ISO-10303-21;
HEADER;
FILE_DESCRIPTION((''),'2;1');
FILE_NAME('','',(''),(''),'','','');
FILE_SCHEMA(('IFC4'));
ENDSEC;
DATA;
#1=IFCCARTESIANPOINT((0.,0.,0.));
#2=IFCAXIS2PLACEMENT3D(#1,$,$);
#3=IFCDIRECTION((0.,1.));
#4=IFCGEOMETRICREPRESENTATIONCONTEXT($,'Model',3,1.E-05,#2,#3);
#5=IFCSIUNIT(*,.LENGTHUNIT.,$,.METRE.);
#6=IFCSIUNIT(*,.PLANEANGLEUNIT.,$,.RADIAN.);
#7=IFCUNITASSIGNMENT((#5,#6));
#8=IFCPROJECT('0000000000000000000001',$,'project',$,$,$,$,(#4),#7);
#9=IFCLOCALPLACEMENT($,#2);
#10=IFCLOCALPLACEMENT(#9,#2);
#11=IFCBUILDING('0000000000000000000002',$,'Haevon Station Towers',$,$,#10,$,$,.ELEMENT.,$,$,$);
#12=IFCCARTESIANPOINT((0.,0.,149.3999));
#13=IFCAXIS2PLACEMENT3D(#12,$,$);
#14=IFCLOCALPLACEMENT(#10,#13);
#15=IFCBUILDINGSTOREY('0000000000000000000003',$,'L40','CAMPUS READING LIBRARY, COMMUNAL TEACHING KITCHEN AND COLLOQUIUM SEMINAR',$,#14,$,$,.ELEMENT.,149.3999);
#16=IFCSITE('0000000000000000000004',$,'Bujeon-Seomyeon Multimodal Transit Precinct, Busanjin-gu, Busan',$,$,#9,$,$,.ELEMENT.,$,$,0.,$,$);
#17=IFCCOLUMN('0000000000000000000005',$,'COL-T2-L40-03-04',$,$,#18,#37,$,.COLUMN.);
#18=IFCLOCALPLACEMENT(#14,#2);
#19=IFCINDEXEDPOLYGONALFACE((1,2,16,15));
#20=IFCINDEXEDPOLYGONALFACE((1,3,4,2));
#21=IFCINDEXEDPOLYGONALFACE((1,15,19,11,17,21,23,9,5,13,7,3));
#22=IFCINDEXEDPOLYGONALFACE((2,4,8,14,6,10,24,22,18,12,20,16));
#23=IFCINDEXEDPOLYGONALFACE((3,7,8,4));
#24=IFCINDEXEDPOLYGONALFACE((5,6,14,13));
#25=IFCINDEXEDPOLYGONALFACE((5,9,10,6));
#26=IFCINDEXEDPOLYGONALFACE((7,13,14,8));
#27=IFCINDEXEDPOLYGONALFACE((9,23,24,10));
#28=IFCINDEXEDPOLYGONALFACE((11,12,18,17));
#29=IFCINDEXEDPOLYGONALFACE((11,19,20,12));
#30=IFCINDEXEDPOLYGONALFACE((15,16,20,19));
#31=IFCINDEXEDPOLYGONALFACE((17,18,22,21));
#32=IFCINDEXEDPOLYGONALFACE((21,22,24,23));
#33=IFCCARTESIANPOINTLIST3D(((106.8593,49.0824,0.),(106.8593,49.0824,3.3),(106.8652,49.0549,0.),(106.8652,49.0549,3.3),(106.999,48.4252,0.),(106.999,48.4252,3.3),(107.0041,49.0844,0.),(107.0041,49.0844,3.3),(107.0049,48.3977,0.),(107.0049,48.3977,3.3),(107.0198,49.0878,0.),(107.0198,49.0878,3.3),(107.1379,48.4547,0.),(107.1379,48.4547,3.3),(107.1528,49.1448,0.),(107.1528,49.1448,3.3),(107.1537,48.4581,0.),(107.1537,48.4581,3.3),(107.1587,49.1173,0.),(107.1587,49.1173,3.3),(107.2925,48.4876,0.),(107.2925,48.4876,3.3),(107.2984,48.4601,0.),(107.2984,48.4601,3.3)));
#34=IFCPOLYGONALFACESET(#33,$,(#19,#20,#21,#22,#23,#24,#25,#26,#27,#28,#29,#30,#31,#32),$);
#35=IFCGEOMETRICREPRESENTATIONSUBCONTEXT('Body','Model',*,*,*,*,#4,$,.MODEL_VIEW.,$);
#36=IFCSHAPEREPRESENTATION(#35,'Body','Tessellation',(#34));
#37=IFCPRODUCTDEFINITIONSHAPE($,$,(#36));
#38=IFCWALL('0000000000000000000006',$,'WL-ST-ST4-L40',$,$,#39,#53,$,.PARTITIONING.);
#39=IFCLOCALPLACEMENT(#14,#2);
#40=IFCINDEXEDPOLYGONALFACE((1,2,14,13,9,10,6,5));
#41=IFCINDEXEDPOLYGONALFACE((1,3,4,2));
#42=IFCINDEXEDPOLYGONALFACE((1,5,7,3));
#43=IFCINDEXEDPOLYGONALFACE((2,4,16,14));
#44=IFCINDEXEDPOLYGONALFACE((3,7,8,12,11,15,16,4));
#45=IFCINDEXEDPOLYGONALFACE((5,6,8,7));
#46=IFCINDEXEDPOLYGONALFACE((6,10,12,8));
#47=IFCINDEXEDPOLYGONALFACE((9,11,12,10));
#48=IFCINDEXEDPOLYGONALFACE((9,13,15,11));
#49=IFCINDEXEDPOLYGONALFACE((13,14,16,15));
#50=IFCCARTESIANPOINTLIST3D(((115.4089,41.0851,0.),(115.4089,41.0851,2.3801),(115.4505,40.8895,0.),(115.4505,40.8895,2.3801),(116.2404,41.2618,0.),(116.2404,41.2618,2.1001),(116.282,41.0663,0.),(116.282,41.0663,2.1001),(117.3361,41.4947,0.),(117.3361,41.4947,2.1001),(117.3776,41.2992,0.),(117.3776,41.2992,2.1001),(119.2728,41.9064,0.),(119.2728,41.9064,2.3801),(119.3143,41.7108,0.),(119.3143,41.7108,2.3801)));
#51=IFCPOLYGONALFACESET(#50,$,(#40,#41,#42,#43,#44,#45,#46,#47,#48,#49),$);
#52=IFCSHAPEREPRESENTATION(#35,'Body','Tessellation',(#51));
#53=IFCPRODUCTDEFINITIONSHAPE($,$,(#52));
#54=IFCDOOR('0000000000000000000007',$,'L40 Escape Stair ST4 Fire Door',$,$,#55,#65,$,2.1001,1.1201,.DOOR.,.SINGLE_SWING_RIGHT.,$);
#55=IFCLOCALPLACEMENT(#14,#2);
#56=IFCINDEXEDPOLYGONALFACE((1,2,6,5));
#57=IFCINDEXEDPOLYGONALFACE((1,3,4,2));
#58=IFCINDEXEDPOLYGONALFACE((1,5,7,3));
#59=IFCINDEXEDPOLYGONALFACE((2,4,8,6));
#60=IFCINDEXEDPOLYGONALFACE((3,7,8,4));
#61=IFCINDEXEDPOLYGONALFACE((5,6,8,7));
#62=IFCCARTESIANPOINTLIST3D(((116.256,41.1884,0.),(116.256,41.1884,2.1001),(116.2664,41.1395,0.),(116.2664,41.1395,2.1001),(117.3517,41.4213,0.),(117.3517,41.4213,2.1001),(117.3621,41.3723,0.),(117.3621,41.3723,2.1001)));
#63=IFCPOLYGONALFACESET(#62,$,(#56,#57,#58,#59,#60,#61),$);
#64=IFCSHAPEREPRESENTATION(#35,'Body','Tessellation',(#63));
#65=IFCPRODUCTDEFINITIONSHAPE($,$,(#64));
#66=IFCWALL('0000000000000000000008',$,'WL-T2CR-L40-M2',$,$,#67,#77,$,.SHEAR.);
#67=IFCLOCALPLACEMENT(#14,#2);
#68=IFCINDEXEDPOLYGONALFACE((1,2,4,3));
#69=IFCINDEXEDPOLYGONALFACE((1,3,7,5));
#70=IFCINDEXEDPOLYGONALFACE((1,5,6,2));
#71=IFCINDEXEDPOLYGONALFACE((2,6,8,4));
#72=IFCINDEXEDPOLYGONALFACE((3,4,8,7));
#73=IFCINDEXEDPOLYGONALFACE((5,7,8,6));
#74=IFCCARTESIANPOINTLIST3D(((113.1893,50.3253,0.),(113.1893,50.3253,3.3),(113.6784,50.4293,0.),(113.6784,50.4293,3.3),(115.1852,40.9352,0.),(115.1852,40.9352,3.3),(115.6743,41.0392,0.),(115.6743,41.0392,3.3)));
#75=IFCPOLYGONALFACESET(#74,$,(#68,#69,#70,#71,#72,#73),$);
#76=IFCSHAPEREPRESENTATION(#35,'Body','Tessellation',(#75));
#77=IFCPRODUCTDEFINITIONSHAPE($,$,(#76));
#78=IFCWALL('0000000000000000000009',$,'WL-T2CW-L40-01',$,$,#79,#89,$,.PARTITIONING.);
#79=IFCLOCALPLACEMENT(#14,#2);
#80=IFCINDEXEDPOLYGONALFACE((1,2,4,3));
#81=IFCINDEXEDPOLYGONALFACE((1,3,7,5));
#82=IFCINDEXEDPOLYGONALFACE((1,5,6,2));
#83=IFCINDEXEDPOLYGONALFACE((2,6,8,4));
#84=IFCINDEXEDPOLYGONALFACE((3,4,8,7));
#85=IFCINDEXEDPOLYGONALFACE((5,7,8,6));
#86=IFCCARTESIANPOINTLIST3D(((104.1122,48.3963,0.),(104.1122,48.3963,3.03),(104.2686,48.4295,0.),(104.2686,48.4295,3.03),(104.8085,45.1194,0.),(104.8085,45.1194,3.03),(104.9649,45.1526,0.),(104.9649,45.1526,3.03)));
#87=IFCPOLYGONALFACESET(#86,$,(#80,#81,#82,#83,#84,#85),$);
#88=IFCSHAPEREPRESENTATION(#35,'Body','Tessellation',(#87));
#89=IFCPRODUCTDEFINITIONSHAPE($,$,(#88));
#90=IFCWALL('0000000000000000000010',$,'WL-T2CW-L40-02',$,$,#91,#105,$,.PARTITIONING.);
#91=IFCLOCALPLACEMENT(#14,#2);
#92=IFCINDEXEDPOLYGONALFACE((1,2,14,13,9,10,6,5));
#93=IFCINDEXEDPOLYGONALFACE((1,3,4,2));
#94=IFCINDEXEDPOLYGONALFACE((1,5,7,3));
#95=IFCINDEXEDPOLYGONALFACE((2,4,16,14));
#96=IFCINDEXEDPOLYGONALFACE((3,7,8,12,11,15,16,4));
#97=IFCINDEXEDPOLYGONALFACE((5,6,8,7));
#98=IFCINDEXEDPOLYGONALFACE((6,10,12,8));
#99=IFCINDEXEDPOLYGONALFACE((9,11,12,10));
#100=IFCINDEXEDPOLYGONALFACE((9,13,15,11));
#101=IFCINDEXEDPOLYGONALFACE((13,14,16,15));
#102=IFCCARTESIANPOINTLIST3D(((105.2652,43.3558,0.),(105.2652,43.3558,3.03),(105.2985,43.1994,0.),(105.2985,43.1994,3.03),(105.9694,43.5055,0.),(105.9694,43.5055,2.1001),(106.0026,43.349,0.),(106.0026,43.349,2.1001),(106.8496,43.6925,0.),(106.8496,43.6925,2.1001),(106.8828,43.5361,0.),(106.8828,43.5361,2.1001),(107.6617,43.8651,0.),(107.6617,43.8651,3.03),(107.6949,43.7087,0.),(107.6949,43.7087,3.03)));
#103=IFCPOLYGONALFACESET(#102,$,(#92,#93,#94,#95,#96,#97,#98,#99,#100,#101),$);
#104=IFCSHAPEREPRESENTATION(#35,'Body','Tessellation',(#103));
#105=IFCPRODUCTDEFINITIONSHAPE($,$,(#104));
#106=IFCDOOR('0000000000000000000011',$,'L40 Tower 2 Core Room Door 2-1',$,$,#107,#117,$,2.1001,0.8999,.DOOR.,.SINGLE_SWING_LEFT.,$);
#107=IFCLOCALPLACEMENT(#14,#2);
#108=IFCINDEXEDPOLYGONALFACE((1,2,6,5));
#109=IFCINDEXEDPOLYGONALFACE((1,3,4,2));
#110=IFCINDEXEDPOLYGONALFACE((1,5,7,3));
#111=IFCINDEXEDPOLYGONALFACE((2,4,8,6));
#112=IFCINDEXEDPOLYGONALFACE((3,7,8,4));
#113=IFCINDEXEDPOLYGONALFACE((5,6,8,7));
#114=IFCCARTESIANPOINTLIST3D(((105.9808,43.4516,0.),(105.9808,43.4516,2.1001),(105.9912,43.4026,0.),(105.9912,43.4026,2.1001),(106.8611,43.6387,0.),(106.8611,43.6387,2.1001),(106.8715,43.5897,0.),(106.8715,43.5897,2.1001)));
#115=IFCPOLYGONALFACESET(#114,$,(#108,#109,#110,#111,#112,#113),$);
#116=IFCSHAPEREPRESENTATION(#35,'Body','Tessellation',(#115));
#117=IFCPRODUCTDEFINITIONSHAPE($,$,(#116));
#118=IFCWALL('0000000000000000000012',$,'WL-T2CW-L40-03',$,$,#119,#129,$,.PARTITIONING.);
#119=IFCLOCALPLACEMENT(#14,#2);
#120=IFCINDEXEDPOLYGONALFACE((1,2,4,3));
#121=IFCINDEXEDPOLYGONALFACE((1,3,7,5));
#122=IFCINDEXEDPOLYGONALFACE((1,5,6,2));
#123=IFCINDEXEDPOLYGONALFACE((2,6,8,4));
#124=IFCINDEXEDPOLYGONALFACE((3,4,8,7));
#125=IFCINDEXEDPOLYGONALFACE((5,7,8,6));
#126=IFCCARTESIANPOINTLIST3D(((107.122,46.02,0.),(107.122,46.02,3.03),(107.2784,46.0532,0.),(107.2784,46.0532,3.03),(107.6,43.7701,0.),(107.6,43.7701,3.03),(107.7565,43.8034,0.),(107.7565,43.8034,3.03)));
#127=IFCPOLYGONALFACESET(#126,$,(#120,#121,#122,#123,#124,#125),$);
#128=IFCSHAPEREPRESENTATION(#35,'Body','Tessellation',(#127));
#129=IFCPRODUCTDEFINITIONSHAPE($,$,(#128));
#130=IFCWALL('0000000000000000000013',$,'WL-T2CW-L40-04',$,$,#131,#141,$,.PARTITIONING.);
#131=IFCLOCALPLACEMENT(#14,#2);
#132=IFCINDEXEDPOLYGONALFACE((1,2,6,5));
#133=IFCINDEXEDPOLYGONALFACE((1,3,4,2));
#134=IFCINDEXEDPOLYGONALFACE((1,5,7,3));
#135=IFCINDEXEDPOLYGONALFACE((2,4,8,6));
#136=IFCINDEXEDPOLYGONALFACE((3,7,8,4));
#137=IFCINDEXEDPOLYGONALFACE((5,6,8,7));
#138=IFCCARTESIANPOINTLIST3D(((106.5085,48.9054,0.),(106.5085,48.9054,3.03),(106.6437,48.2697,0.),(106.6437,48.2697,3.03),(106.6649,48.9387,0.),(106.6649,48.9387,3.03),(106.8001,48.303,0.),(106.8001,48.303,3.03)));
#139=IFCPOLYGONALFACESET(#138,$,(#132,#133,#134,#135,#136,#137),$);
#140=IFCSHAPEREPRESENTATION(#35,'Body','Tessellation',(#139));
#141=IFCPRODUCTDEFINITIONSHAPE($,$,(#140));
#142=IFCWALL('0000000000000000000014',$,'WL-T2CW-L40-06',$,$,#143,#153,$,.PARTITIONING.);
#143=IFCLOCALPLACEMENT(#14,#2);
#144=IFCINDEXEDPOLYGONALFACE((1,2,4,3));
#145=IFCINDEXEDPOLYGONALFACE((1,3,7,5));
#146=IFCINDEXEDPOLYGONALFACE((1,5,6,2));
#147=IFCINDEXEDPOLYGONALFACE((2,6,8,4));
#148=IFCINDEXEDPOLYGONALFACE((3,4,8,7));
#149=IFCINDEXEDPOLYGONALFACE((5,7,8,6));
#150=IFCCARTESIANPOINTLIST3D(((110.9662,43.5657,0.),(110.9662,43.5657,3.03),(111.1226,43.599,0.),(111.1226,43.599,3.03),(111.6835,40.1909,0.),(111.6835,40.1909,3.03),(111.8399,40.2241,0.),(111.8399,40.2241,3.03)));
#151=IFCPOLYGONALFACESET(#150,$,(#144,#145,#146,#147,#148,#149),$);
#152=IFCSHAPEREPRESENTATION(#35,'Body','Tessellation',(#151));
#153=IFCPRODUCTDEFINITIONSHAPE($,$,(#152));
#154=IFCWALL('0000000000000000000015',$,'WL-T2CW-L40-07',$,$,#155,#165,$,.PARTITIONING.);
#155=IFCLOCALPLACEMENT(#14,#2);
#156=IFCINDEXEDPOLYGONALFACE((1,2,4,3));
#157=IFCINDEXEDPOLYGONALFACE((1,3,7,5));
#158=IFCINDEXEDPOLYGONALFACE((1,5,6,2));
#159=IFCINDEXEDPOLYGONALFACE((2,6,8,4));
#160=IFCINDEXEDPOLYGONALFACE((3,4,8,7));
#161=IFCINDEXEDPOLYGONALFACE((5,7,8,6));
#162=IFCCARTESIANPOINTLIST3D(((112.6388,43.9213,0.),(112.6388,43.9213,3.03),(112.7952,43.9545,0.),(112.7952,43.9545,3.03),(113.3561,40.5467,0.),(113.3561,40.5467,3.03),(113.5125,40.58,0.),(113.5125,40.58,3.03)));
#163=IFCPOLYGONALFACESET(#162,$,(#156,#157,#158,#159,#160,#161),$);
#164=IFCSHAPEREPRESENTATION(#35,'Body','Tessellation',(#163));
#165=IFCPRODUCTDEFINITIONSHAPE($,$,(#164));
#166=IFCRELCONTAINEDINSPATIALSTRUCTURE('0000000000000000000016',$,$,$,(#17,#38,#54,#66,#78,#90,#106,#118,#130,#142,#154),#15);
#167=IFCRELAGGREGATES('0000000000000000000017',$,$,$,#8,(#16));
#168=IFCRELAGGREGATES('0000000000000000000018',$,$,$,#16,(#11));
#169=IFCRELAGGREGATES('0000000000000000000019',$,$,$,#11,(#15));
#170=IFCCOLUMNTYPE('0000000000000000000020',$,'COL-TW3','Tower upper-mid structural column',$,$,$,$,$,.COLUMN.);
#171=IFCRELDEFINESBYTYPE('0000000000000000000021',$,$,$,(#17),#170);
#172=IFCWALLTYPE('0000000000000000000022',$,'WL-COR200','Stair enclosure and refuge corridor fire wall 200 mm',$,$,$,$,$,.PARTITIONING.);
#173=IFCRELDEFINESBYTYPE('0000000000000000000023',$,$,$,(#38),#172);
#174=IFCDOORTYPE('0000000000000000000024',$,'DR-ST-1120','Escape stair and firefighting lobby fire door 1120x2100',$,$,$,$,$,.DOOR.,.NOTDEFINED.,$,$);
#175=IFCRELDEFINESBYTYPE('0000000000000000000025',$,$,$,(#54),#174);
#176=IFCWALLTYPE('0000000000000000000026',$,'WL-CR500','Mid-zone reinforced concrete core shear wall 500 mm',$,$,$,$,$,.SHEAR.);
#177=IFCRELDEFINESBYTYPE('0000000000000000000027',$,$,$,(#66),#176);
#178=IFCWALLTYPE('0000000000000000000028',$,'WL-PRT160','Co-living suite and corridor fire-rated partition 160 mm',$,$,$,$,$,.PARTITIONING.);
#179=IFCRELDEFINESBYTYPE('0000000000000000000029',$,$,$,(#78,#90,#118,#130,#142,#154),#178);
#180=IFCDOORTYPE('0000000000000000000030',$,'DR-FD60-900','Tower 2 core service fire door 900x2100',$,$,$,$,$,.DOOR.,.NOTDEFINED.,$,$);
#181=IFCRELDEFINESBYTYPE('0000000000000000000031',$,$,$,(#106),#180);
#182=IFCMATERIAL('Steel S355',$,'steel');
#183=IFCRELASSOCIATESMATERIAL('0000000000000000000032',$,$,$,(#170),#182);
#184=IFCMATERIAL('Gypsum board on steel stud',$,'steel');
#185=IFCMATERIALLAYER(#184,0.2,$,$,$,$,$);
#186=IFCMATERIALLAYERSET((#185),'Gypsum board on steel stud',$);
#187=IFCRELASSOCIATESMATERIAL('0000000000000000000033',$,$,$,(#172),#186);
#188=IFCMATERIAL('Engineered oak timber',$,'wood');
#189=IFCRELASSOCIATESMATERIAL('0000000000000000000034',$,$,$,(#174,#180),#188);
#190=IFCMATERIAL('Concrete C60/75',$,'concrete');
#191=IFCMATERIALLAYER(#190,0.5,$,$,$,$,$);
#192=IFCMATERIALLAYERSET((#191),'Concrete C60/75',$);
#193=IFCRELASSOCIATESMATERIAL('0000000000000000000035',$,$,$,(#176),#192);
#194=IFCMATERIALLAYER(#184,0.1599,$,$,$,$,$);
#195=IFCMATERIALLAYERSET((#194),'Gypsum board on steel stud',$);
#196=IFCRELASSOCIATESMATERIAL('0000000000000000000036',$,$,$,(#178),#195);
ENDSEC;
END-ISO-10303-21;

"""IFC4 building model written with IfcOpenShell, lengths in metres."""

from ifc_helpers import new_model, si_unit, direction, frame, frame_2d, origin, origin_2d, place, context, subcontext, project, spatial, rectangle, i_section, extrude, material, layer, layer_set, material_profile, profile_set, type_object, element, fill, save


model = new_model("IFC4")

# Units and contexts
model_context = context("Model", 3, precision=1e-05, world=origin(), true_north=direction((0.0, 1.0)))
body_context = subcontext(model_context, "Body", "Model", "MODEL_VIEW")
ifc_project = project(units=[si_unit("LENGTHUNIT", "METRE"), si_unit("PLANEANGLEUNIT", "RADIAN")], contexts=[model_context])

# Site, building, storey
site_placement = place(None, origin())
site = spatial("IfcSite", under=ifc_project, at=site_placement, Name="Bujeon-Seomyeon Multimodal Transit Precinct, Busanjin-gu, Busan", CompositionType="ELEMENT", RefElevation=0.0)
building_placement = place(site_placement, origin())
building = spatial("IfcBuilding", under=site, at=building_placement, Name="Haevon Station Towers", CompositionType="ELEMENT")
storey_placement = place(building_placement, frame((0.0, 0.0, 149.3999)))
storey = spatial("IfcBuildingStorey", under=building, at=storey_placement, Name="L40", Description="CAMPUS READING LIBRARY, COMMUNAL TEACHING KITCHEN AND COLLOQUIUM SEMINAR", CompositionType="ELEMENT", Elevation=149.3999)

# Column
ifc_material_1 = material(Name="Steel S355", Category="steel")
ifc_material_profile = material_profile(ifc_material_1, i_section(OverallWidth=0.3, OverallDepth=0.7, WebThickness=0.0161, FlangeThickness=0.0281, at=origin_2d()), Name="H-700x300x16x28")
ifc_profile_set = profile_set([ifc_material_profile], Name="Steel S355")
column_type = type_object("IfcColumnType", Name="COL-TW3", Description="Tower upper-mid structural column", PredefinedType="COLUMN", material=ifc_profile_set)
column_placement = place(storey_placement, frame((107.0789, 48.7712, 0.0), z_axis=(0.0, 0.0, 1.0), x_axis=(0.978148, 0.207912, 0.0)))
element("IfcColumn", 1, at=column_placement, inside=storey, type_object=column_type, Name="COL-T2-L40-03-04", PredefinedType="COLUMN", context=body_context, shape_type="SweptSolid", body=[
    extrude(i_section(OverallWidth=0.3, OverallDepth=0.7, WebThickness=0.0161, FlangeThickness=0.0281, at=origin_2d()), origin(), (0.0, 0.0, 1.0), 3.3),
])

# Wall, opening, door
ifc_material_2 = material(Name="Gypsum board on steel stud", Category="steel")
ifc_layer_1 = layer(ifc_material_2, 0.2)
ifc_layer_set_1 = layer_set([ifc_layer_1], Name="Gypsum board on steel stud")
wall_type_1 = type_object("IfcWallType", Name="WL-COR200", Description="Stair enclosure and refuge corridor fire wall 200 mm", PredefinedType="PARTITIONING", material=ifc_layer_set_1)
wall_1_placement = place(storey_placement, frame((115.4297, 40.9873, 0.0), z_axis=(0.0, 0.0, 1.0), x_axis=(0.978147, 0.207916, 0.0)))
wall_1 = element("IfcWall", 2, at=wall_1_placement, inside=storey, type_object=wall_type_1, Name="WL-ST-ST4-L40", PredefinedType="PARTITIONING", context=body_context, shape_type="SweptSolid", body=[
    extrude(rectangle(XDim=3.9502, YDim=0.2, at=frame_2d((1.9751, 0.0))), origin(), (0.0, 0.0, 1.0), 2.3801),
])
opening_1_placement = place(wall_1_placement, frame((0.8501, 0.0, 0.0)))
opening_1 = element("IfcOpeningElement", 3, at=opening_1_placement, cuts=wall_1, PredefinedType="OPENING", context=body_context, shape_type="SweptSolid", body=[
    extrude(rectangle(XDim=1.1201, YDim=2.1001, at=frame_2d((0.5601, 1.05))), frame((0.0, 0.1099, 0.0), z_axis=(0.0, -1.0, 0.0), x_axis=(1.0, 0.0, 0.0)), (0.0, 0.0, 1.0), 0.22),
])
ifc_material_3 = material(Name="Engineered oak timber", Category="wood")
door_type_1 = type_object("IfcDoorType", Name="DR-ST-1120", Description="Escape stair and firefighting lobby fire door 1120x2100", OperationType="NOTDEFINED", PredefinedType="DOOR", material=ifc_material_3)
door_1_placement = place(opening_1_placement, origin())
door_1 = element("IfcDoor", 4, at=door_1_placement, inside=storey, type_object=door_type_1, Name="L40 Escape Stair ST4 Fire Door", OperationType="SINGLE_SWING_RIGHT", OverallHeight=2.1001, OverallWidth=1.1201, PredefinedType="DOOR", context=body_context, shape_type="SweptSolid", body=[
    extrude(rectangle(XDim=1.1201, YDim=2.1001, at=frame_2d((0.5601, 1.05))), frame((0.0, 0.0249, 0.0), z_axis=(0.0, -1.0, 0.0), x_axis=(1.0, 0.0, 0.0)), (0.0, 0.0, 1.0), 0.05),
])
fill(opening_1, door_1)

# Walls
ifc_material_4 = material(Name="Concrete C60/75", Category="concrete")
ifc_layer_2 = layer(ifc_material_4, 0.5)
ifc_layer_set_2 = layer_set([ifc_layer_2], Name="Concrete C60/75")
wall_type_2 = type_object("IfcWallType", Name="WL-CR500", Description="Mid-zone reinforced concrete core shear wall 500 mm", PredefinedType="SHEAR", material=ifc_layer_set_2)
wall_2_placement = place(storey_placement, frame((115.4297, 40.9873, 0.0), z_axis=(0.0, 0.0, 1.0), x_axis=(-0.207903, 0.978149, 0.0)))
element("IfcWall", 5, at=wall_2_placement, inside=storey, type_object=wall_type_2, Name="WL-T2CR-L40-M2", PredefinedType="SHEAR", context=body_context, shape_type="SweptSolid", body=[
    extrude(rectangle(XDim=9.5999, YDim=0.5, at=frame_2d((4.7998, 0.0))), origin(), (0.0, 0.0, 1.0), 3.3),
])
ifc_layer_3 = layer(ifc_material_2, 0.1599)
ifc_layer_set_3 = layer_set([ifc_layer_3], Name="Gypsum board on steel stud")
wall_type_3 = type_object("IfcWallType", Name="WL-PRT160", Description="Co-living suite and corridor fire-rated partition 160 mm", PredefinedType="PARTITIONING", material=ifc_layer_set_3)
wall_3_placement = place(storey_placement, frame((104.8867, 45.136, 0.0), z_axis=(0.0, 0.0, 1.0), x_axis=(-0.207847, 0.978161, 0.0)))
element("IfcWall", 6, at=wall_3_placement, inside=storey, type_object=wall_type_3, Name="WL-T2CW-L40-01", PredefinedType="PARTITIONING", context=body_context, shape_type="SweptSolid", body=[
    extrude(rectangle(XDim=3.3501, YDim=0.1599, at=frame_2d((1.675, 0.0))), origin(), (0.0, 0.0, 1.0), 3.03),
])

# Wall, opening, door
wall_4_placement = place(storey_placement, frame((105.2817, 43.2776, 0.0), z_axis=(0.0, 0.0, 1.0), x_axis=(0.978157, 0.207868, 0.0)))
wall_4 = element("IfcWall", 7, at=wall_4_placement, inside=storey, type_object=wall_type_3, Name="WL-T2CW-L40-02", PredefinedType="PARTITIONING", context=body_context, shape_type="SweptSolid", body=[
    extrude(rectangle(XDim=2.45, YDim=0.1599, at=frame_2d((1.2251, 0.0))), origin(), (0.0, 0.0, 1.0), 3.03),
])
opening_2_placement = place(wall_4_placement, frame((0.72, 0.0, 0.0)))
opening_2 = element("IfcOpeningElement", 8, at=opening_2_placement, cuts=wall_4, PredefinedType="OPENING", context=body_context, shape_type="SweptSolid", body=[
    extrude(rectangle(XDim=0.8999, YDim=2.1001, at=frame_2d((0.45, 1.05))), frame((0.0, 0.0898, 0.0), z_axis=(0.0, -1.0, 0.0), x_axis=(1.0, 0.0, 0.0)), (0.0, 0.0, 1.0), 0.1799),
])
door_type_2 = type_object("IfcDoorType", Name="DR-FD60-900", Description="Tower 2 core service fire door 900x2100", OperationType="NOTDEFINED", PredefinedType="DOOR", material=ifc_material_3)
door_2_placement = place(opening_2_placement, origin())
door_2 = element("IfcDoor", 9, at=door_2_placement, inside=storey, type_object=door_type_2, Name="L40 Tower 2 Core Room Door 2-1", OperationType="SINGLE_SWING_LEFT", OverallHeight=2.1001, OverallWidth=0.8999, PredefinedType="DOOR", context=body_context, shape_type="SweptSolid", body=[
    extrude(rectangle(XDim=0.8999, YDim=2.1001, at=frame_2d((0.45, 1.05))), frame((0.0, 0.0249, 0.0), z_axis=(0.0, -1.0, 0.0), x_axis=(1.0, 0.0, 0.0)), (0.0, 0.0, 1.0), 0.05),
])
fill(opening_2, door_2)

# Walls
wall_5_placement = place(storey_placement, frame((107.6782, 43.7869, 0.0), z_axis=(0.0, 0.0, 1.0), x_axis=(-0.20784, 0.978163, 0.0)))
element("IfcWall", 10, at=wall_5_placement, inside=storey, type_object=wall_type_3, Name="WL-T2CW-L40-03", PredefinedType="PARTITIONING", context=body_context, shape_type="SweptSolid", body=[
    extrude(rectangle(XDim=2.3, YDim=0.1599, at=frame_2d((1.1499, 0.0))), origin(), (0.0, 0.0, 1.0), 3.03),
])
wall_6_placement = place(storey_placement, frame((106.7219, 48.2864, 0.0), z_axis=(0.0, 0.0, 1.0), x_axis=(-0.208092, 0.978109, 0.0)))
element("IfcWall", 11, at=wall_6_placement, inside=storey, type_object=wall_type_3, Name="WL-T2CW-L40-04", PredefinedType="PARTITIONING", context=body_context, shape_type="SweptSolid", body=[
    extrude(rectangle(XDim=0.6499, YDim=0.1599, at=frame_2d((0.325, 0.0))), origin(), (0.0, 0.0, 1.0), 3.03),
])
wall_7_placement = place(storey_placement, frame((111.7617, 40.2075, 0.0), z_axis=(0.0, 0.0, 1.0), x_axis=(-0.2079, 0.97815, 0.0)))
element("IfcWall", 12, at=wall_7_placement, inside=storey, type_object=wall_type_3, Name="WL-T2CW-L40-06", PredefinedType="PARTITIONING", context=body_context, shape_type="SweptSolid", body=[
    extrude(rectangle(XDim=3.4502, YDim=0.1599, at=frame_2d((1.7251, 0.0))), origin(), (0.0, 0.0, 1.0), 3.03),
])
wall_8_placement = place(storey_placement, frame((113.4343, 40.5632, 0.0), z_axis=(0.0, 0.0, 1.0), x_axis=(-0.207915, 0.978147, 0.0)))
element("IfcWall", 13, at=wall_8_placement, inside=storey, type_object=wall_type_3, Name="WL-T2CW-L40-07", PredefinedType="PARTITIONING", context=body_context, shape_type="SweptSolid", body=[
    extrude(rectangle(XDim=3.45, YDim=0.1599, at=frame_2d((1.7251, 0.0))), origin(), (0.0, 0.0, 1.0), 3.03),
])

save(model, "model.ifc")
